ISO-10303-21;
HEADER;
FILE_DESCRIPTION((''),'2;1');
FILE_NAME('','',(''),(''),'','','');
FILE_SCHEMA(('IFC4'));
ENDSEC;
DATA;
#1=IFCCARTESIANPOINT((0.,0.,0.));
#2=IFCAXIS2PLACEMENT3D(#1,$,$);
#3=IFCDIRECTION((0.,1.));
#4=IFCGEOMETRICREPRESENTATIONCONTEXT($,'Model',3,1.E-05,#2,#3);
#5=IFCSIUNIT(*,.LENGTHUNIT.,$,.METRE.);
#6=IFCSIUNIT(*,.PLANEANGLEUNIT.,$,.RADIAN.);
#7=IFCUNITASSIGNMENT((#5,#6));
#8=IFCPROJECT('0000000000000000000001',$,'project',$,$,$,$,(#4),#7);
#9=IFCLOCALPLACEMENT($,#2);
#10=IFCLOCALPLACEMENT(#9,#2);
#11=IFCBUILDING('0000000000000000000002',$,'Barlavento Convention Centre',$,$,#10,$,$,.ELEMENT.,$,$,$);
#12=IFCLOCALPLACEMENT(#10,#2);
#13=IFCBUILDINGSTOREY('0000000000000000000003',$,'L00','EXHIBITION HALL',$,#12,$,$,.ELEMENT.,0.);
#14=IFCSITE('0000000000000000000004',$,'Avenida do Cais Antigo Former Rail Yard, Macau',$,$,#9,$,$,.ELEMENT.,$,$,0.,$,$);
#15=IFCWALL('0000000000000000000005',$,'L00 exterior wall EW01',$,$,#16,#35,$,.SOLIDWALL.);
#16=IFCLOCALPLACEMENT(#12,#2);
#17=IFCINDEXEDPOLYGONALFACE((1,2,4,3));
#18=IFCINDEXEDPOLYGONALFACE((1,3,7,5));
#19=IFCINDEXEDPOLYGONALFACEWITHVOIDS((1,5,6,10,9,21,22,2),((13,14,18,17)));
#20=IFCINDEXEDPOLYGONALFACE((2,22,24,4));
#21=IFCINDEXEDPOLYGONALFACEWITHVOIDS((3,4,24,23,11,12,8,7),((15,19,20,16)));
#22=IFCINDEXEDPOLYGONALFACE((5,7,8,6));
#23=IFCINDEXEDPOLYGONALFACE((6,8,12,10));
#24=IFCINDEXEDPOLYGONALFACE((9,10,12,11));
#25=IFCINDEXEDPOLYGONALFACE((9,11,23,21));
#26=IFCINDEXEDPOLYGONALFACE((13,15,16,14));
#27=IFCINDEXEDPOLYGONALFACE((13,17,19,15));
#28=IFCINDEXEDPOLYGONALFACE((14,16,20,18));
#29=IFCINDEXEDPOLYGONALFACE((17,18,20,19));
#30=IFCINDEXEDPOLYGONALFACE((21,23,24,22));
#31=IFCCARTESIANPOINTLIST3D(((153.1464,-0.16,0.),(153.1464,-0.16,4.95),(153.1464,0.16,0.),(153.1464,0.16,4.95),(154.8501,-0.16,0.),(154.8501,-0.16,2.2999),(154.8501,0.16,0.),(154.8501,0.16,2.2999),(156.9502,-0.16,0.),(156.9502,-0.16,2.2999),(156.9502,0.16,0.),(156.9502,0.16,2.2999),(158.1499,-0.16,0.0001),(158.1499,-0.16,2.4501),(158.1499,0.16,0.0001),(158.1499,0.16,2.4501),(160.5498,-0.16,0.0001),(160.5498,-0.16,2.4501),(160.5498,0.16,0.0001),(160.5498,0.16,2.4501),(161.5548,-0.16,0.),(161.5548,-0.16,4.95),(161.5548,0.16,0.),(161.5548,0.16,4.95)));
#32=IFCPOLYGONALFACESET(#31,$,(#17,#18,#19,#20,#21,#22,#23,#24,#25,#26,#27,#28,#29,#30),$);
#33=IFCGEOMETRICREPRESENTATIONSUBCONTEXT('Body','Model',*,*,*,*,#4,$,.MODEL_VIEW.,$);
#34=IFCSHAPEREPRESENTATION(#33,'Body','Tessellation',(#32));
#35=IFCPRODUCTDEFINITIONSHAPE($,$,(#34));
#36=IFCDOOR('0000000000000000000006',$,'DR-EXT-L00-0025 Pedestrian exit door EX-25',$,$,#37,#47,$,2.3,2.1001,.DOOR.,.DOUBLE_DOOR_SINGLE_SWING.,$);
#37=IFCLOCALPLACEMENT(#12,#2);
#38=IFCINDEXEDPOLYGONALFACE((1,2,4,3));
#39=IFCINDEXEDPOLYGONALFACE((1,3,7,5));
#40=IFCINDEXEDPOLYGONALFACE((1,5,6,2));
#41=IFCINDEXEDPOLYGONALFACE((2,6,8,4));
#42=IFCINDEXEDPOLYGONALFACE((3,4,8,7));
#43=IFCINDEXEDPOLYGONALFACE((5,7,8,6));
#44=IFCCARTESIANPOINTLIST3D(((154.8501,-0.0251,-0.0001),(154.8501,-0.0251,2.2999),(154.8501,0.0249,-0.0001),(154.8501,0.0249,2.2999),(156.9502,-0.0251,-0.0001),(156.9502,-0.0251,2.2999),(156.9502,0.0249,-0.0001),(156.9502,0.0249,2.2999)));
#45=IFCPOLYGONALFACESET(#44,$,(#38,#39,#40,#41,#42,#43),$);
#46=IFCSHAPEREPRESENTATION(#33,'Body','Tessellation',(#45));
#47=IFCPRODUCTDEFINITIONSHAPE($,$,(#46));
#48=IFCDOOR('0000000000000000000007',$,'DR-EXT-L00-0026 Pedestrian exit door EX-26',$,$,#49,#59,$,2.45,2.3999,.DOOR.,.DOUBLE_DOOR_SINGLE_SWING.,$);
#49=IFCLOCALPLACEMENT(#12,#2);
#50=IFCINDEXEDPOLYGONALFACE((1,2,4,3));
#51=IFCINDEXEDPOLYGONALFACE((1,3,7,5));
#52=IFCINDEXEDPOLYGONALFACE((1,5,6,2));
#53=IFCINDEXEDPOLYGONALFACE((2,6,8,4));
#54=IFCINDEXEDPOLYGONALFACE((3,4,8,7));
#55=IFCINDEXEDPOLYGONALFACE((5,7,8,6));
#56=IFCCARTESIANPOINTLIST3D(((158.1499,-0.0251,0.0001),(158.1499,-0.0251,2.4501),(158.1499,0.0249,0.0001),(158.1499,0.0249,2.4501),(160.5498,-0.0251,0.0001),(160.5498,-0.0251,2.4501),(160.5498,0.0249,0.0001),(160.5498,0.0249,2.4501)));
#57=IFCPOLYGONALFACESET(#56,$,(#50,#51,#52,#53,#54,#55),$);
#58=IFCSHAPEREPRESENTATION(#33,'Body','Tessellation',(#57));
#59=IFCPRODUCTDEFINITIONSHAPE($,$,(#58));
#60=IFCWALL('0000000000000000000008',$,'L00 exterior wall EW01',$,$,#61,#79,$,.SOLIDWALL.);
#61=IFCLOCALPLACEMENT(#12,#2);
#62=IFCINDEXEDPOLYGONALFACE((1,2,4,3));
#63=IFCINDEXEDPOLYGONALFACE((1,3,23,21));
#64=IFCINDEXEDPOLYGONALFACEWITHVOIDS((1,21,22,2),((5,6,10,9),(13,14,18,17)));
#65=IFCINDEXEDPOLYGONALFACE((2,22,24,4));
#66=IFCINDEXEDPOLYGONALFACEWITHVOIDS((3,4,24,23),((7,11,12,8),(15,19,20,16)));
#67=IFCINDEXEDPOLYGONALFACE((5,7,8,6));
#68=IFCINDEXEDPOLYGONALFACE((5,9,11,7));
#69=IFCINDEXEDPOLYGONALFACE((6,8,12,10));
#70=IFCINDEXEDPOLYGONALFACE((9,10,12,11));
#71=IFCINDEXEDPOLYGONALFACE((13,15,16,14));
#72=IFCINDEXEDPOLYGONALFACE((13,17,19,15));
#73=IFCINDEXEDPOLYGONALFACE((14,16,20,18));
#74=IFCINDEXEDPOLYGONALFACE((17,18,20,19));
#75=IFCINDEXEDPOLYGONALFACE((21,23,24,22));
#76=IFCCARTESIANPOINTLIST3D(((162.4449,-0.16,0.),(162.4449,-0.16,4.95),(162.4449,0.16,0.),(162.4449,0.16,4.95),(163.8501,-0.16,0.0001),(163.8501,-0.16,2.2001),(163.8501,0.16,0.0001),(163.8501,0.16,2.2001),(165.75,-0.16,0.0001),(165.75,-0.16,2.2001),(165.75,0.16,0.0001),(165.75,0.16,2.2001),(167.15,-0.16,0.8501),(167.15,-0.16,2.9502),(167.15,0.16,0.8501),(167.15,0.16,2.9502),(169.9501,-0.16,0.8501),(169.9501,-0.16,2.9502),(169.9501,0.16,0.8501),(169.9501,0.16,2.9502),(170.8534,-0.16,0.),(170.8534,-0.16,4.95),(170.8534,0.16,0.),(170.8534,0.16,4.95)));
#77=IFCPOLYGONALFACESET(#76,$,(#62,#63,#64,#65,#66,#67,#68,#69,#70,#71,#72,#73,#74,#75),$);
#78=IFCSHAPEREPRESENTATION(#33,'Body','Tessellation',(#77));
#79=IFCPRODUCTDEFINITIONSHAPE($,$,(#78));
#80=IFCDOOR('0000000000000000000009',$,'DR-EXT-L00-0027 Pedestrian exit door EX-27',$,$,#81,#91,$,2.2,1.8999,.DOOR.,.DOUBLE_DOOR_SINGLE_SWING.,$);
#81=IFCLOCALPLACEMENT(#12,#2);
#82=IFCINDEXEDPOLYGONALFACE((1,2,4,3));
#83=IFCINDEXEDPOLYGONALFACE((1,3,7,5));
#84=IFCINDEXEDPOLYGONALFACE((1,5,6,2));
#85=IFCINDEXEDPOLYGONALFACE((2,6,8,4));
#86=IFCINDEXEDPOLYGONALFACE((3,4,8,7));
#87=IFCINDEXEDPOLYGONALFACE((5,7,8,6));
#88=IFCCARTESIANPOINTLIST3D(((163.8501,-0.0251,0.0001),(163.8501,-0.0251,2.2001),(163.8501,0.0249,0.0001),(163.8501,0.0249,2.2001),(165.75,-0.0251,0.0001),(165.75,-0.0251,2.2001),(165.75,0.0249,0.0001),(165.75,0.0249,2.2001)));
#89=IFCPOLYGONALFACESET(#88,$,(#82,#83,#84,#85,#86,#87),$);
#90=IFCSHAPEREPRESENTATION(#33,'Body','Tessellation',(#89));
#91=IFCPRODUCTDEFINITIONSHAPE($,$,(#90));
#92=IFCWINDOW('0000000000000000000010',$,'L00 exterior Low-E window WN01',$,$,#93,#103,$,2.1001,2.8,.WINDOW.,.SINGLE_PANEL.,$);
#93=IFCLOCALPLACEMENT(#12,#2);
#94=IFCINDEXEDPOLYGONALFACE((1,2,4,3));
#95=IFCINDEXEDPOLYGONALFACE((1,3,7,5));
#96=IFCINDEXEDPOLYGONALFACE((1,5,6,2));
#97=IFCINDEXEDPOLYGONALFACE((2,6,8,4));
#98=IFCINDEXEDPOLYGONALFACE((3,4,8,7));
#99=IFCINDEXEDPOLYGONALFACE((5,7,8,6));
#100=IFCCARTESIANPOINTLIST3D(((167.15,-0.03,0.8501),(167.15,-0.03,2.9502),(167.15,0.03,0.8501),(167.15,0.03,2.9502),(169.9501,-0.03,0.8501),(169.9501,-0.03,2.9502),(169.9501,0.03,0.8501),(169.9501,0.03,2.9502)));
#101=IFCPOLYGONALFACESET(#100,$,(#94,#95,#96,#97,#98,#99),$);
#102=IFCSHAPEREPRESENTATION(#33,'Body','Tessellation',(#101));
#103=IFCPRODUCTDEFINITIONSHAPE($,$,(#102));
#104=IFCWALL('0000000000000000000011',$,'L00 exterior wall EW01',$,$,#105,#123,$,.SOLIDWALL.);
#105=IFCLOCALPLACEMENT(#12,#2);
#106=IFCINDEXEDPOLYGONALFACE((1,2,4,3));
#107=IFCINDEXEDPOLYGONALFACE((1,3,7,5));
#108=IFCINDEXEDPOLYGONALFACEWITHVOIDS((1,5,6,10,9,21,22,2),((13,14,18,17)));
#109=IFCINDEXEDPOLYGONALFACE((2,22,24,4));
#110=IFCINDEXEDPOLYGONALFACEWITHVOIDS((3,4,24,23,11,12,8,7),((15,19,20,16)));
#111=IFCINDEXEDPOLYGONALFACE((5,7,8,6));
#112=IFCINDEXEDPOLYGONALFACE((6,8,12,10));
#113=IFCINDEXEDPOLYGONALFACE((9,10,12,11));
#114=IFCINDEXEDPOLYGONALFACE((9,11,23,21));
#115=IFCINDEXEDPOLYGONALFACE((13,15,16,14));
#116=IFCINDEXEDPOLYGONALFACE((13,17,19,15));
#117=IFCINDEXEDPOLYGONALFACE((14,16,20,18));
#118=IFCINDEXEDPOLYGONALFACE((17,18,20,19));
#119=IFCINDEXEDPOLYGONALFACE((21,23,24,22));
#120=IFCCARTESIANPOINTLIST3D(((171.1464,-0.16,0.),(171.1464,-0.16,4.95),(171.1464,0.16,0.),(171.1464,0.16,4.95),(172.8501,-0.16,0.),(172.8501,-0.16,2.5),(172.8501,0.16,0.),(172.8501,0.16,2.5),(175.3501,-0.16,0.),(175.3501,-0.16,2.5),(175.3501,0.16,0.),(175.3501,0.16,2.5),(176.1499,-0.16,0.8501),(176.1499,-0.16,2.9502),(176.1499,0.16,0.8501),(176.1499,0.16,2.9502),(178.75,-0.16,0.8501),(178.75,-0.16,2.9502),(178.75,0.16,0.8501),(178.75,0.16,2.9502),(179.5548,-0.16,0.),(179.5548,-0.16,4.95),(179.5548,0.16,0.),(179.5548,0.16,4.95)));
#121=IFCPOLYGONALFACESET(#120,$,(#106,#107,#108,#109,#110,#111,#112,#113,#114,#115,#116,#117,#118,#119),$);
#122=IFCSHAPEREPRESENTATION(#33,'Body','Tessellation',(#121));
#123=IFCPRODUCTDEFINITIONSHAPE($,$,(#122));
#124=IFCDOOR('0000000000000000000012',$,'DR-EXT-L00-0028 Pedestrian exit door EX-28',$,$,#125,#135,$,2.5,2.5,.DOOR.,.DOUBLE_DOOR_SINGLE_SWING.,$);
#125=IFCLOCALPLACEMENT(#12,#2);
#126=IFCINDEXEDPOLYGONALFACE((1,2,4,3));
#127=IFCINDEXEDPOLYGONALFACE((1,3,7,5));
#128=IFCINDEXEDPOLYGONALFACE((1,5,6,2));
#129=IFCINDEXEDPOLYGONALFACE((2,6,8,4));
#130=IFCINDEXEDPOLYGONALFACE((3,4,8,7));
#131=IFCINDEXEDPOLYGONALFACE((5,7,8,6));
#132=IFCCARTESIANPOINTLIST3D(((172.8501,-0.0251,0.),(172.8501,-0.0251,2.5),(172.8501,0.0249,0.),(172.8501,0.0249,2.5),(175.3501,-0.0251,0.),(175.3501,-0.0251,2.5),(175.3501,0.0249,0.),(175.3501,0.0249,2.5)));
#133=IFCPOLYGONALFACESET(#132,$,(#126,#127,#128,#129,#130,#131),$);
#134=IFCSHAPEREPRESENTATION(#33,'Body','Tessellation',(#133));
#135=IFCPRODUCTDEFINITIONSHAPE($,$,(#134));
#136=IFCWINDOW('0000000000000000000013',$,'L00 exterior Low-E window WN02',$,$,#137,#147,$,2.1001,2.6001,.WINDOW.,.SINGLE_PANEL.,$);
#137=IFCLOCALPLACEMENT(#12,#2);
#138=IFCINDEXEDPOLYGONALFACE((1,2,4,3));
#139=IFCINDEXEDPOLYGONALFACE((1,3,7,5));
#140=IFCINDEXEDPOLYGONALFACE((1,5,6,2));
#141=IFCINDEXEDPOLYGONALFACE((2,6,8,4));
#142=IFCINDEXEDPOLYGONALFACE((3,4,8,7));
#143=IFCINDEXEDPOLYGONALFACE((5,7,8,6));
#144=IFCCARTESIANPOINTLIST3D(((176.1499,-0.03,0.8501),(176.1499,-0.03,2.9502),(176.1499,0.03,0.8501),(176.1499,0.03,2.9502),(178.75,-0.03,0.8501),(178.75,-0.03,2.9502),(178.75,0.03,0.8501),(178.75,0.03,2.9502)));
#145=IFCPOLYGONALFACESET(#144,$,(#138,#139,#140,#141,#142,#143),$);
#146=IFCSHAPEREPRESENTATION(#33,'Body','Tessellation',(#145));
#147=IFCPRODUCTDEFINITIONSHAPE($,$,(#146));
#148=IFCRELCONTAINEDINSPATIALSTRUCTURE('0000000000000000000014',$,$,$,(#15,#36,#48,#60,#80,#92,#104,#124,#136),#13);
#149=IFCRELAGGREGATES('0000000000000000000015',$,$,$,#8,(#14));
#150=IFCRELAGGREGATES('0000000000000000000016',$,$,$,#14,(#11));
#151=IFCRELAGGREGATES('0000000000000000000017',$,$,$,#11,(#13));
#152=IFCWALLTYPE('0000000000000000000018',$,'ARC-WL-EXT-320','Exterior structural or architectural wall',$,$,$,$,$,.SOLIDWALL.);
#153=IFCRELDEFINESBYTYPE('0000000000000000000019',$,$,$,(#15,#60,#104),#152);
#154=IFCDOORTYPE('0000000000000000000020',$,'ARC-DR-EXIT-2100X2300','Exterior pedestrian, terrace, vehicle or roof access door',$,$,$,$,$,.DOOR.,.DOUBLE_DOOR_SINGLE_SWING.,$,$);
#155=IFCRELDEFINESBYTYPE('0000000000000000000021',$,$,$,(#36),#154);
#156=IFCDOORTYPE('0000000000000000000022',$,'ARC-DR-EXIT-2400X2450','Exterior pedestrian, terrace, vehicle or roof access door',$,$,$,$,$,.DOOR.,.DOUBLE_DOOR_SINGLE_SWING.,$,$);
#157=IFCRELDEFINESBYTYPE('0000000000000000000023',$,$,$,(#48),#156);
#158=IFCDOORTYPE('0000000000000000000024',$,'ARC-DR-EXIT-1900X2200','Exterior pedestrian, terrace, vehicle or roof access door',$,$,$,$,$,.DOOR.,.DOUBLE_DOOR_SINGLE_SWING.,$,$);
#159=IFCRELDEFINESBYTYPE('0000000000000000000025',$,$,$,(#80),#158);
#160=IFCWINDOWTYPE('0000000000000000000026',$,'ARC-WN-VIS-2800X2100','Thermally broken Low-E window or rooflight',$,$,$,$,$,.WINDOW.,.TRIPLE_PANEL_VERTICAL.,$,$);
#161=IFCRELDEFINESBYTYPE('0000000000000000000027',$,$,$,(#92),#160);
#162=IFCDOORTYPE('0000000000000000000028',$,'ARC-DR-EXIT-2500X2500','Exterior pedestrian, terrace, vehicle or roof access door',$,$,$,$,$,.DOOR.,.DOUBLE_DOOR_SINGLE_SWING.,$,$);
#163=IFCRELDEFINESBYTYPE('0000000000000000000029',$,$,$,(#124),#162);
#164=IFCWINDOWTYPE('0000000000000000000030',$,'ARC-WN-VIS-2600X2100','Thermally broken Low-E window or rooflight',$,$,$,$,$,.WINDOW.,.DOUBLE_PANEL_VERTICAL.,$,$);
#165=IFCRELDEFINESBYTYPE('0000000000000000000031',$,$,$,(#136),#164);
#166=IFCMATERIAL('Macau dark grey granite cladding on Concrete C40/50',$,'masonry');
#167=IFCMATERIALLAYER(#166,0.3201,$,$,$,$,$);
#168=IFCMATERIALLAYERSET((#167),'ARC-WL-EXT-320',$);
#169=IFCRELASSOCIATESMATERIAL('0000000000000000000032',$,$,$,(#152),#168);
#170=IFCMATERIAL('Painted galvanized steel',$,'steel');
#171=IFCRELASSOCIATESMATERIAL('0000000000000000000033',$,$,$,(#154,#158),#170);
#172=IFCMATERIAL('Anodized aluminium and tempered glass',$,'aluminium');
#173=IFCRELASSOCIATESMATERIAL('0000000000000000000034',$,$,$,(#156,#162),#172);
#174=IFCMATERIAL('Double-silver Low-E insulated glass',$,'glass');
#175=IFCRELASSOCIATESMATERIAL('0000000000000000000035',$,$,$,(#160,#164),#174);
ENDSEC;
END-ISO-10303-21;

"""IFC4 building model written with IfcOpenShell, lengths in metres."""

from ifc_helpers import new_model, si_unit, direction, frame, frame_2d, origin, place, context, subcontext, project, spatial, rectangle, extrude, material, layer, layer_set, type_object, element, fill, save


model = new_model("IFC4")

# Units and contexts
model_context = context("Model", 3, precision=1e-05, world=origin(), true_north=direction((0.0, 1.0)))
body_context = subcontext(model_context, "Body", "Model", "MODEL_VIEW")
ifc_project = project(units=[si_unit("LENGTHUNIT", "METRE"), si_unit("PLANEANGLEUNIT", "RADIAN")], contexts=[model_context])

# Site, building, storey
site_placement = place(None, origin())
site = spatial("IfcSite", under=ifc_project, at=site_placement, Name="Avenida do Cais Antigo Former Rail Yard, Macau", CompositionType="ELEMENT", RefElevation=0.0)
building_placement = place(site_placement, origin())
building = spatial("IfcBuilding", under=site, at=building_placement, Name="Barlavento Convention Centre", CompositionType="ELEMENT")
storey_placement = place(building_placement, origin())
storey = spatial("IfcBuildingStorey", under=building, at=storey_placement, Name="L00", Description="EXHIBITION HALL", CompositionType="ELEMENT", Elevation=0.0)

# Wall, openings, doors
ifc_material_1 = material(Name="Macau dark grey granite cladding on Concrete C40/50", Category="masonry")
ifc_layer = layer(ifc_material_1, 0.3201)
ifc_layer_set = layer_set([ifc_layer], Name="ARC-WL-EXT-320")
wall_type = type_object("IfcWallType", Name="ARC-WL-EXT-320", Description="Exterior structural or architectural wall", PredefinedType="SOLIDWALL", material=ifc_layer_set)
wall_1_placement = place(storey_placement, frame((153.1465, 0.0, 0.0), z_axis=(0.0, 0.0, 1.0), x_axis=(1.0, 0.0, 0.0)))
wall_1 = element("IfcWall", 1, at=wall_1_placement, inside=storey, type_object=wall_type, Name="L00 exterior wall EW01", PredefinedType="SOLIDWALL", context=body_context, shape_type="SweptSolid", body=[
    extrude(rectangle(XDim=8.4084, YDim=0.3201, at=frame_2d((4.2041, 0.0))), origin(), (0.0, 0.0, 1.0), 4.95),
])
opening_1_placement = place(wall_1_placement, frame((1.7036, 0.0, 0.0)))
opening_1 = element("IfcOpeningElement", 2, at=opening_1_placement, cuts=wall_1, PredefinedType="OPENING", context=body_context, shape_type="SweptSolid", body=[
    extrude(rectangle(XDim=2.1001, YDim=2.3, at=frame_2d((1.05, 1.1499))), frame((0.0, 0.1699, 0.0), z_axis=(0.0, -1.0, 0.0), x_axis=(1.0, 0.0, 0.0)), (0.0, 0.0, 1.0), 0.3401),
])
opening_2_placement = place(wall_1_placement, frame((5.0034, 0.0, 0.0)))
opening_2 = element("IfcOpeningElement", 3, at=opening_2_placement, cuts=wall_1, PredefinedType="OPENING", context=body_context, shape_type="SweptSolid", body=[
    extrude(rectangle(XDim=2.3999, YDim=2.45, at=frame_2d((1.2, 1.2251))), frame((0.0, 0.1699, 0.0), z_axis=(0.0, -1.0, 0.0), x_axis=(1.0, 0.0, 0.0)), (0.0, 0.0, 1.0), 0.3401),
])
ifc_material_2 = material(Name="Painted galvanized steel", Category="steel")
door_type_1 = type_object("IfcDoorType", Name="ARC-DR-EXIT-2100X2300", Description="Exterior pedestrian, terrace, vehicle or roof access door", OperationType="DOUBLE_DOOR_SINGLE_SWING", PredefinedType="DOOR", material=ifc_material_2)
door_1_placement = place(opening_1_placement, origin())
door_1 = element("IfcDoor", 4, at=door_1_placement, inside=storey, type_object=door_type_1, Name="DR-EXT-L00-0025 Pedestrian exit door EX-25", OperationType="DOUBLE_DOOR_SINGLE_SWING", OverallHeight=2.3, OverallWidth=2.1001, PredefinedType="DOOR", context=body_context, shape_type="SweptSolid", body=[
    extrude(rectangle(XDim=2.1001, YDim=2.3, at=frame_2d((1.05, 1.1499))), frame((0.0, 0.0249, 0.0), z_axis=(0.0, -1.0, 0.0), x_axis=(1.0, 0.0, 0.0)), (0.0, 0.0, 1.0), 0.05),
])
fill(opening_1, door_1)
ifc_material_3 = material(Name="Anodized aluminium and tempered glass", Category="aluminium")
door_type_2 = type_object("IfcDoorType", Name="ARC-DR-EXIT-2400X2450", Description="Exterior pedestrian, terrace, vehicle or roof access door", OperationType="DOUBLE_DOOR_SINGLE_SWING", PredefinedType="DOOR", material=ifc_material_3)
door_2_placement = place(opening_2_placement, origin())
door_2 = element("IfcDoor", 5, at=door_2_placement, inside=storey, type_object=door_type_2, Name="DR-EXT-L00-0026 Pedestrian exit door EX-26", OperationType="DOUBLE_DOOR_SINGLE_SWING", OverallHeight=2.45, OverallWidth=2.3999, PredefinedType="DOOR", context=body_context, shape_type="SweptSolid", body=[
    extrude(rectangle(XDim=2.3999, YDim=2.45, at=frame_2d((1.2, 1.2251))), frame((0.0, 0.0249, 0.0), z_axis=(0.0, -1.0, 0.0), x_axis=(1.0, 0.0, 0.0)), (0.0, 0.0, 1.0), 0.05),
])
fill(opening_2, door_2)

# Walls, openings, doors, windows
wall_2_placement = place(storey_placement, frame((162.4451, 0.0, 0.0), z_axis=(0.0, 0.0, 1.0), x_axis=(1.0, 0.0, 0.0)))
wall_2 = element("IfcWall", 6, at=wall_2_placement, inside=storey, type_object=wall_type, Name="L00 exterior wall EW01", PredefinedType="SOLIDWALL", context=body_context, shape_type="SweptSolid", body=[
    extrude(rectangle(XDim=8.4084, YDim=0.3201, at=frame_2d((4.2041, 0.0))), origin(), (0.0, 0.0, 1.0), 4.95),
])
opening_3_placement = place(wall_2_placement, frame((1.405, 0.0, 0.0)))
opening_3 = element("IfcOpeningElement", 7, at=opening_3_placement, cuts=wall_2, PredefinedType="OPENING", context=body_context, shape_type="SweptSolid", body=[
    extrude(rectangle(XDim=1.8999, YDim=2.2, at=frame_2d((0.95, 1.1001))), frame((0.0, 0.1699, 0.0), z_axis=(0.0, -1.0, 0.0), x_axis=(1.0, 0.0, 0.0)), (0.0, 0.0, 1.0), 0.3401),
])
opening_4_placement = place(wall_2_placement, frame((4.7051, 0.0, 0.8501)))
opening_4 = element("IfcOpeningElement", 8, at=opening_4_placement, cuts=wall_2, PredefinedType="OPENING", context=body_context, shape_type="SweptSolid", body=[
    extrude(rectangle(XDim=2.8, YDim=2.1001, at=frame_2d((1.3999, 1.05))), frame((0.0, 0.1699, 0.0), z_axis=(0.0, -1.0, 0.0), x_axis=(1.0, 0.0, 0.0)), (0.0, 0.0, 1.0), 0.3401),
])
door_type_3 = type_object("IfcDoorType", Name="ARC-DR-EXIT-1900X2200", Description="Exterior pedestrian, terrace, vehicle or roof access door", OperationType="DOUBLE_DOOR_SINGLE_SWING", PredefinedType="DOOR", material=ifc_material_2)
door_3_placement = place(opening_3_placement, origin())
door_3 = element("IfcDoor", 9, at=door_3_placement, inside=storey, type_object=door_type_3, Name="DR-EXT-L00-0027 Pedestrian exit door EX-27", OperationType="DOUBLE_DOOR_SINGLE_SWING", OverallHeight=2.2, OverallWidth=1.8999, PredefinedType="DOOR", context=body_context, shape_type="SweptSolid", body=[
    extrude(rectangle(XDim=1.8999, YDim=2.2, at=frame_2d((0.95, 1.1001))), frame((0.0, 0.0249, 0.0), z_axis=(0.0, -1.0, 0.0), x_axis=(1.0, 0.0, 0.0)), (0.0, 0.0, 1.0), 0.05),
])
fill(opening_3, door_3)
ifc_material_4 = material(Name="Double-silver Low-E insulated glass", Category="glass")
window_type_1 = type_object("IfcWindowType", Name="ARC-WN-VIS-2800X2100", Description="Thermally broken Low-E window or rooflight", PartitioningType="TRIPLE_PANEL_VERTICAL", PredefinedType="WINDOW", material=ifc_material_4)
window_1_placement = place(opening_4_placement, origin())
window_1 = element("IfcWindow", 10, at=window_1_placement, inside=storey, type_object=window_type_1, Name="L00 exterior Low-E window WN01", OverallHeight=2.1001, OverallWidth=2.8, PartitioningType="SINGLE_PANEL", PredefinedType="WINDOW", context=body_context, shape_type="SweptSolid", body=[
    extrude(rectangle(XDim=2.8, YDim=2.1001, at=frame_2d((1.3999, 1.05))), frame((0.0, 0.03, 0.0), z_axis=(0.0, -1.0, 0.0), x_axis=(1.0, 0.0, 0.0)), (0.0, 0.0, 1.0), 0.0601),
])
fill(opening_4, window_1)
wall_3_placement = place(storey_placement, frame((171.1465, 0.0, 0.0), z_axis=(0.0, 0.0, 1.0), x_axis=(1.0, 0.0, 0.0)))
wall_3 = element("IfcWall", 11, at=wall_3_placement, inside=storey, type_object=wall_type, Name="L00 exterior wall EW01", PredefinedType="SOLIDWALL", context=body_context, shape_type="SweptSolid", body=[
    extrude(rectangle(XDim=8.4084, YDim=0.3201, at=frame_2d((4.2041, 0.0))), origin(), (0.0, 0.0, 1.0), 4.95),
])
opening_5_placement = place(wall_3_placement, frame((1.7036, 0.0, 0.0)))
opening_5 = element("IfcOpeningElement", 12, at=opening_5_placement, cuts=wall_3, PredefinedType="OPENING", context=body_context, shape_type="SweptSolid", body=[
    extrude(rectangle(XDim=2.5, YDim=2.5, at=frame_2d((1.25, 1.25))), frame((0.0, 0.1699, 0.0), z_axis=(0.0, -1.0, 0.0), x_axis=(1.0, 0.0, 0.0)), (0.0, 0.0, 1.0), 0.3401),
])
opening_6_placement = place(wall_3_placement, frame((5.0034, 0.0, 0.8501)))
opening_6 = element("IfcOpeningElement", 13, at=opening_6_placement, cuts=wall_3, PredefinedType="OPENING", context=body_context, shape_type="SweptSolid", body=[
    extrude(rectangle(XDim=2.6001, YDim=2.1001, at=frame_2d((1.3, 1.05))), frame((0.0, 0.1699, 0.0), z_axis=(0.0, -1.0, 0.0), x_axis=(1.0, 0.0, 0.0)), (0.0, 0.0, 1.0), 0.3401),
])
door_type_4 = type_object("IfcDoorType", Name="ARC-DR-EXIT-2500X2500", Description="Exterior pedestrian, terrace, vehicle or roof access door", OperationType="DOUBLE_DOOR_SINGLE_SWING", PredefinedType="DOOR", material=ifc_material_3)
door_4_placement = place(opening_5_placement, origin())
door_4 = element("IfcDoor", 14, at=door_4_placement, inside=storey, type_object=door_type_4, Name="DR-EXT-L00-0028 Pedestrian exit door EX-28", OperationType="DOUBLE_DOOR_SINGLE_SWING", OverallHeight=2.5, OverallWidth=2.5, PredefinedType="DOOR", context=body_context, shape_type="SweptSolid", body=[
    extrude(rectangle(XDim=2.5, YDim=2.5, at=frame_2d((1.25, 1.25))), frame((0.0, 0.0249, 0.0), z_axis=(0.0, -1.0, 0.0), x_axis=(1.0, 0.0, 0.0)), (0.0, 0.0, 1.0), 0.05),
])
fill(opening_5, door_4)
window_type_2 = type_object("IfcWindowType", Name="ARC-WN-VIS-2600X2100", Description="Thermally broken Low-E window or rooflight", PartitioningType="DOUBLE_PANEL_VERTICAL", PredefinedType="WINDOW", material=ifc_material_4)
window_2_placement = place(opening_6_placement, origin())
window_2 = element("IfcWindow", 15, at=window_2_placement, inside=storey, type_object=window_type_2, Name="L00 exterior Low-E window WN02", OverallHeight=2.1001, OverallWidth=2.6001, PartitioningType="SINGLE_PANEL", PredefinedType="WINDOW", context=body_context, shape_type="SweptSolid", body=[
    extrude(rectangle(XDim=2.6001, YDim=2.1001, at=frame_2d((1.3, 1.05))), frame((0.0, 0.03, 0.0), z_axis=(0.0, -1.0, 0.0), x_axis=(1.0, 0.0, 0.0)), (0.0, 0.0, 1.0), 0.0601),
])
fill(opening_6, window_2)

save(model, "model.ifc")
